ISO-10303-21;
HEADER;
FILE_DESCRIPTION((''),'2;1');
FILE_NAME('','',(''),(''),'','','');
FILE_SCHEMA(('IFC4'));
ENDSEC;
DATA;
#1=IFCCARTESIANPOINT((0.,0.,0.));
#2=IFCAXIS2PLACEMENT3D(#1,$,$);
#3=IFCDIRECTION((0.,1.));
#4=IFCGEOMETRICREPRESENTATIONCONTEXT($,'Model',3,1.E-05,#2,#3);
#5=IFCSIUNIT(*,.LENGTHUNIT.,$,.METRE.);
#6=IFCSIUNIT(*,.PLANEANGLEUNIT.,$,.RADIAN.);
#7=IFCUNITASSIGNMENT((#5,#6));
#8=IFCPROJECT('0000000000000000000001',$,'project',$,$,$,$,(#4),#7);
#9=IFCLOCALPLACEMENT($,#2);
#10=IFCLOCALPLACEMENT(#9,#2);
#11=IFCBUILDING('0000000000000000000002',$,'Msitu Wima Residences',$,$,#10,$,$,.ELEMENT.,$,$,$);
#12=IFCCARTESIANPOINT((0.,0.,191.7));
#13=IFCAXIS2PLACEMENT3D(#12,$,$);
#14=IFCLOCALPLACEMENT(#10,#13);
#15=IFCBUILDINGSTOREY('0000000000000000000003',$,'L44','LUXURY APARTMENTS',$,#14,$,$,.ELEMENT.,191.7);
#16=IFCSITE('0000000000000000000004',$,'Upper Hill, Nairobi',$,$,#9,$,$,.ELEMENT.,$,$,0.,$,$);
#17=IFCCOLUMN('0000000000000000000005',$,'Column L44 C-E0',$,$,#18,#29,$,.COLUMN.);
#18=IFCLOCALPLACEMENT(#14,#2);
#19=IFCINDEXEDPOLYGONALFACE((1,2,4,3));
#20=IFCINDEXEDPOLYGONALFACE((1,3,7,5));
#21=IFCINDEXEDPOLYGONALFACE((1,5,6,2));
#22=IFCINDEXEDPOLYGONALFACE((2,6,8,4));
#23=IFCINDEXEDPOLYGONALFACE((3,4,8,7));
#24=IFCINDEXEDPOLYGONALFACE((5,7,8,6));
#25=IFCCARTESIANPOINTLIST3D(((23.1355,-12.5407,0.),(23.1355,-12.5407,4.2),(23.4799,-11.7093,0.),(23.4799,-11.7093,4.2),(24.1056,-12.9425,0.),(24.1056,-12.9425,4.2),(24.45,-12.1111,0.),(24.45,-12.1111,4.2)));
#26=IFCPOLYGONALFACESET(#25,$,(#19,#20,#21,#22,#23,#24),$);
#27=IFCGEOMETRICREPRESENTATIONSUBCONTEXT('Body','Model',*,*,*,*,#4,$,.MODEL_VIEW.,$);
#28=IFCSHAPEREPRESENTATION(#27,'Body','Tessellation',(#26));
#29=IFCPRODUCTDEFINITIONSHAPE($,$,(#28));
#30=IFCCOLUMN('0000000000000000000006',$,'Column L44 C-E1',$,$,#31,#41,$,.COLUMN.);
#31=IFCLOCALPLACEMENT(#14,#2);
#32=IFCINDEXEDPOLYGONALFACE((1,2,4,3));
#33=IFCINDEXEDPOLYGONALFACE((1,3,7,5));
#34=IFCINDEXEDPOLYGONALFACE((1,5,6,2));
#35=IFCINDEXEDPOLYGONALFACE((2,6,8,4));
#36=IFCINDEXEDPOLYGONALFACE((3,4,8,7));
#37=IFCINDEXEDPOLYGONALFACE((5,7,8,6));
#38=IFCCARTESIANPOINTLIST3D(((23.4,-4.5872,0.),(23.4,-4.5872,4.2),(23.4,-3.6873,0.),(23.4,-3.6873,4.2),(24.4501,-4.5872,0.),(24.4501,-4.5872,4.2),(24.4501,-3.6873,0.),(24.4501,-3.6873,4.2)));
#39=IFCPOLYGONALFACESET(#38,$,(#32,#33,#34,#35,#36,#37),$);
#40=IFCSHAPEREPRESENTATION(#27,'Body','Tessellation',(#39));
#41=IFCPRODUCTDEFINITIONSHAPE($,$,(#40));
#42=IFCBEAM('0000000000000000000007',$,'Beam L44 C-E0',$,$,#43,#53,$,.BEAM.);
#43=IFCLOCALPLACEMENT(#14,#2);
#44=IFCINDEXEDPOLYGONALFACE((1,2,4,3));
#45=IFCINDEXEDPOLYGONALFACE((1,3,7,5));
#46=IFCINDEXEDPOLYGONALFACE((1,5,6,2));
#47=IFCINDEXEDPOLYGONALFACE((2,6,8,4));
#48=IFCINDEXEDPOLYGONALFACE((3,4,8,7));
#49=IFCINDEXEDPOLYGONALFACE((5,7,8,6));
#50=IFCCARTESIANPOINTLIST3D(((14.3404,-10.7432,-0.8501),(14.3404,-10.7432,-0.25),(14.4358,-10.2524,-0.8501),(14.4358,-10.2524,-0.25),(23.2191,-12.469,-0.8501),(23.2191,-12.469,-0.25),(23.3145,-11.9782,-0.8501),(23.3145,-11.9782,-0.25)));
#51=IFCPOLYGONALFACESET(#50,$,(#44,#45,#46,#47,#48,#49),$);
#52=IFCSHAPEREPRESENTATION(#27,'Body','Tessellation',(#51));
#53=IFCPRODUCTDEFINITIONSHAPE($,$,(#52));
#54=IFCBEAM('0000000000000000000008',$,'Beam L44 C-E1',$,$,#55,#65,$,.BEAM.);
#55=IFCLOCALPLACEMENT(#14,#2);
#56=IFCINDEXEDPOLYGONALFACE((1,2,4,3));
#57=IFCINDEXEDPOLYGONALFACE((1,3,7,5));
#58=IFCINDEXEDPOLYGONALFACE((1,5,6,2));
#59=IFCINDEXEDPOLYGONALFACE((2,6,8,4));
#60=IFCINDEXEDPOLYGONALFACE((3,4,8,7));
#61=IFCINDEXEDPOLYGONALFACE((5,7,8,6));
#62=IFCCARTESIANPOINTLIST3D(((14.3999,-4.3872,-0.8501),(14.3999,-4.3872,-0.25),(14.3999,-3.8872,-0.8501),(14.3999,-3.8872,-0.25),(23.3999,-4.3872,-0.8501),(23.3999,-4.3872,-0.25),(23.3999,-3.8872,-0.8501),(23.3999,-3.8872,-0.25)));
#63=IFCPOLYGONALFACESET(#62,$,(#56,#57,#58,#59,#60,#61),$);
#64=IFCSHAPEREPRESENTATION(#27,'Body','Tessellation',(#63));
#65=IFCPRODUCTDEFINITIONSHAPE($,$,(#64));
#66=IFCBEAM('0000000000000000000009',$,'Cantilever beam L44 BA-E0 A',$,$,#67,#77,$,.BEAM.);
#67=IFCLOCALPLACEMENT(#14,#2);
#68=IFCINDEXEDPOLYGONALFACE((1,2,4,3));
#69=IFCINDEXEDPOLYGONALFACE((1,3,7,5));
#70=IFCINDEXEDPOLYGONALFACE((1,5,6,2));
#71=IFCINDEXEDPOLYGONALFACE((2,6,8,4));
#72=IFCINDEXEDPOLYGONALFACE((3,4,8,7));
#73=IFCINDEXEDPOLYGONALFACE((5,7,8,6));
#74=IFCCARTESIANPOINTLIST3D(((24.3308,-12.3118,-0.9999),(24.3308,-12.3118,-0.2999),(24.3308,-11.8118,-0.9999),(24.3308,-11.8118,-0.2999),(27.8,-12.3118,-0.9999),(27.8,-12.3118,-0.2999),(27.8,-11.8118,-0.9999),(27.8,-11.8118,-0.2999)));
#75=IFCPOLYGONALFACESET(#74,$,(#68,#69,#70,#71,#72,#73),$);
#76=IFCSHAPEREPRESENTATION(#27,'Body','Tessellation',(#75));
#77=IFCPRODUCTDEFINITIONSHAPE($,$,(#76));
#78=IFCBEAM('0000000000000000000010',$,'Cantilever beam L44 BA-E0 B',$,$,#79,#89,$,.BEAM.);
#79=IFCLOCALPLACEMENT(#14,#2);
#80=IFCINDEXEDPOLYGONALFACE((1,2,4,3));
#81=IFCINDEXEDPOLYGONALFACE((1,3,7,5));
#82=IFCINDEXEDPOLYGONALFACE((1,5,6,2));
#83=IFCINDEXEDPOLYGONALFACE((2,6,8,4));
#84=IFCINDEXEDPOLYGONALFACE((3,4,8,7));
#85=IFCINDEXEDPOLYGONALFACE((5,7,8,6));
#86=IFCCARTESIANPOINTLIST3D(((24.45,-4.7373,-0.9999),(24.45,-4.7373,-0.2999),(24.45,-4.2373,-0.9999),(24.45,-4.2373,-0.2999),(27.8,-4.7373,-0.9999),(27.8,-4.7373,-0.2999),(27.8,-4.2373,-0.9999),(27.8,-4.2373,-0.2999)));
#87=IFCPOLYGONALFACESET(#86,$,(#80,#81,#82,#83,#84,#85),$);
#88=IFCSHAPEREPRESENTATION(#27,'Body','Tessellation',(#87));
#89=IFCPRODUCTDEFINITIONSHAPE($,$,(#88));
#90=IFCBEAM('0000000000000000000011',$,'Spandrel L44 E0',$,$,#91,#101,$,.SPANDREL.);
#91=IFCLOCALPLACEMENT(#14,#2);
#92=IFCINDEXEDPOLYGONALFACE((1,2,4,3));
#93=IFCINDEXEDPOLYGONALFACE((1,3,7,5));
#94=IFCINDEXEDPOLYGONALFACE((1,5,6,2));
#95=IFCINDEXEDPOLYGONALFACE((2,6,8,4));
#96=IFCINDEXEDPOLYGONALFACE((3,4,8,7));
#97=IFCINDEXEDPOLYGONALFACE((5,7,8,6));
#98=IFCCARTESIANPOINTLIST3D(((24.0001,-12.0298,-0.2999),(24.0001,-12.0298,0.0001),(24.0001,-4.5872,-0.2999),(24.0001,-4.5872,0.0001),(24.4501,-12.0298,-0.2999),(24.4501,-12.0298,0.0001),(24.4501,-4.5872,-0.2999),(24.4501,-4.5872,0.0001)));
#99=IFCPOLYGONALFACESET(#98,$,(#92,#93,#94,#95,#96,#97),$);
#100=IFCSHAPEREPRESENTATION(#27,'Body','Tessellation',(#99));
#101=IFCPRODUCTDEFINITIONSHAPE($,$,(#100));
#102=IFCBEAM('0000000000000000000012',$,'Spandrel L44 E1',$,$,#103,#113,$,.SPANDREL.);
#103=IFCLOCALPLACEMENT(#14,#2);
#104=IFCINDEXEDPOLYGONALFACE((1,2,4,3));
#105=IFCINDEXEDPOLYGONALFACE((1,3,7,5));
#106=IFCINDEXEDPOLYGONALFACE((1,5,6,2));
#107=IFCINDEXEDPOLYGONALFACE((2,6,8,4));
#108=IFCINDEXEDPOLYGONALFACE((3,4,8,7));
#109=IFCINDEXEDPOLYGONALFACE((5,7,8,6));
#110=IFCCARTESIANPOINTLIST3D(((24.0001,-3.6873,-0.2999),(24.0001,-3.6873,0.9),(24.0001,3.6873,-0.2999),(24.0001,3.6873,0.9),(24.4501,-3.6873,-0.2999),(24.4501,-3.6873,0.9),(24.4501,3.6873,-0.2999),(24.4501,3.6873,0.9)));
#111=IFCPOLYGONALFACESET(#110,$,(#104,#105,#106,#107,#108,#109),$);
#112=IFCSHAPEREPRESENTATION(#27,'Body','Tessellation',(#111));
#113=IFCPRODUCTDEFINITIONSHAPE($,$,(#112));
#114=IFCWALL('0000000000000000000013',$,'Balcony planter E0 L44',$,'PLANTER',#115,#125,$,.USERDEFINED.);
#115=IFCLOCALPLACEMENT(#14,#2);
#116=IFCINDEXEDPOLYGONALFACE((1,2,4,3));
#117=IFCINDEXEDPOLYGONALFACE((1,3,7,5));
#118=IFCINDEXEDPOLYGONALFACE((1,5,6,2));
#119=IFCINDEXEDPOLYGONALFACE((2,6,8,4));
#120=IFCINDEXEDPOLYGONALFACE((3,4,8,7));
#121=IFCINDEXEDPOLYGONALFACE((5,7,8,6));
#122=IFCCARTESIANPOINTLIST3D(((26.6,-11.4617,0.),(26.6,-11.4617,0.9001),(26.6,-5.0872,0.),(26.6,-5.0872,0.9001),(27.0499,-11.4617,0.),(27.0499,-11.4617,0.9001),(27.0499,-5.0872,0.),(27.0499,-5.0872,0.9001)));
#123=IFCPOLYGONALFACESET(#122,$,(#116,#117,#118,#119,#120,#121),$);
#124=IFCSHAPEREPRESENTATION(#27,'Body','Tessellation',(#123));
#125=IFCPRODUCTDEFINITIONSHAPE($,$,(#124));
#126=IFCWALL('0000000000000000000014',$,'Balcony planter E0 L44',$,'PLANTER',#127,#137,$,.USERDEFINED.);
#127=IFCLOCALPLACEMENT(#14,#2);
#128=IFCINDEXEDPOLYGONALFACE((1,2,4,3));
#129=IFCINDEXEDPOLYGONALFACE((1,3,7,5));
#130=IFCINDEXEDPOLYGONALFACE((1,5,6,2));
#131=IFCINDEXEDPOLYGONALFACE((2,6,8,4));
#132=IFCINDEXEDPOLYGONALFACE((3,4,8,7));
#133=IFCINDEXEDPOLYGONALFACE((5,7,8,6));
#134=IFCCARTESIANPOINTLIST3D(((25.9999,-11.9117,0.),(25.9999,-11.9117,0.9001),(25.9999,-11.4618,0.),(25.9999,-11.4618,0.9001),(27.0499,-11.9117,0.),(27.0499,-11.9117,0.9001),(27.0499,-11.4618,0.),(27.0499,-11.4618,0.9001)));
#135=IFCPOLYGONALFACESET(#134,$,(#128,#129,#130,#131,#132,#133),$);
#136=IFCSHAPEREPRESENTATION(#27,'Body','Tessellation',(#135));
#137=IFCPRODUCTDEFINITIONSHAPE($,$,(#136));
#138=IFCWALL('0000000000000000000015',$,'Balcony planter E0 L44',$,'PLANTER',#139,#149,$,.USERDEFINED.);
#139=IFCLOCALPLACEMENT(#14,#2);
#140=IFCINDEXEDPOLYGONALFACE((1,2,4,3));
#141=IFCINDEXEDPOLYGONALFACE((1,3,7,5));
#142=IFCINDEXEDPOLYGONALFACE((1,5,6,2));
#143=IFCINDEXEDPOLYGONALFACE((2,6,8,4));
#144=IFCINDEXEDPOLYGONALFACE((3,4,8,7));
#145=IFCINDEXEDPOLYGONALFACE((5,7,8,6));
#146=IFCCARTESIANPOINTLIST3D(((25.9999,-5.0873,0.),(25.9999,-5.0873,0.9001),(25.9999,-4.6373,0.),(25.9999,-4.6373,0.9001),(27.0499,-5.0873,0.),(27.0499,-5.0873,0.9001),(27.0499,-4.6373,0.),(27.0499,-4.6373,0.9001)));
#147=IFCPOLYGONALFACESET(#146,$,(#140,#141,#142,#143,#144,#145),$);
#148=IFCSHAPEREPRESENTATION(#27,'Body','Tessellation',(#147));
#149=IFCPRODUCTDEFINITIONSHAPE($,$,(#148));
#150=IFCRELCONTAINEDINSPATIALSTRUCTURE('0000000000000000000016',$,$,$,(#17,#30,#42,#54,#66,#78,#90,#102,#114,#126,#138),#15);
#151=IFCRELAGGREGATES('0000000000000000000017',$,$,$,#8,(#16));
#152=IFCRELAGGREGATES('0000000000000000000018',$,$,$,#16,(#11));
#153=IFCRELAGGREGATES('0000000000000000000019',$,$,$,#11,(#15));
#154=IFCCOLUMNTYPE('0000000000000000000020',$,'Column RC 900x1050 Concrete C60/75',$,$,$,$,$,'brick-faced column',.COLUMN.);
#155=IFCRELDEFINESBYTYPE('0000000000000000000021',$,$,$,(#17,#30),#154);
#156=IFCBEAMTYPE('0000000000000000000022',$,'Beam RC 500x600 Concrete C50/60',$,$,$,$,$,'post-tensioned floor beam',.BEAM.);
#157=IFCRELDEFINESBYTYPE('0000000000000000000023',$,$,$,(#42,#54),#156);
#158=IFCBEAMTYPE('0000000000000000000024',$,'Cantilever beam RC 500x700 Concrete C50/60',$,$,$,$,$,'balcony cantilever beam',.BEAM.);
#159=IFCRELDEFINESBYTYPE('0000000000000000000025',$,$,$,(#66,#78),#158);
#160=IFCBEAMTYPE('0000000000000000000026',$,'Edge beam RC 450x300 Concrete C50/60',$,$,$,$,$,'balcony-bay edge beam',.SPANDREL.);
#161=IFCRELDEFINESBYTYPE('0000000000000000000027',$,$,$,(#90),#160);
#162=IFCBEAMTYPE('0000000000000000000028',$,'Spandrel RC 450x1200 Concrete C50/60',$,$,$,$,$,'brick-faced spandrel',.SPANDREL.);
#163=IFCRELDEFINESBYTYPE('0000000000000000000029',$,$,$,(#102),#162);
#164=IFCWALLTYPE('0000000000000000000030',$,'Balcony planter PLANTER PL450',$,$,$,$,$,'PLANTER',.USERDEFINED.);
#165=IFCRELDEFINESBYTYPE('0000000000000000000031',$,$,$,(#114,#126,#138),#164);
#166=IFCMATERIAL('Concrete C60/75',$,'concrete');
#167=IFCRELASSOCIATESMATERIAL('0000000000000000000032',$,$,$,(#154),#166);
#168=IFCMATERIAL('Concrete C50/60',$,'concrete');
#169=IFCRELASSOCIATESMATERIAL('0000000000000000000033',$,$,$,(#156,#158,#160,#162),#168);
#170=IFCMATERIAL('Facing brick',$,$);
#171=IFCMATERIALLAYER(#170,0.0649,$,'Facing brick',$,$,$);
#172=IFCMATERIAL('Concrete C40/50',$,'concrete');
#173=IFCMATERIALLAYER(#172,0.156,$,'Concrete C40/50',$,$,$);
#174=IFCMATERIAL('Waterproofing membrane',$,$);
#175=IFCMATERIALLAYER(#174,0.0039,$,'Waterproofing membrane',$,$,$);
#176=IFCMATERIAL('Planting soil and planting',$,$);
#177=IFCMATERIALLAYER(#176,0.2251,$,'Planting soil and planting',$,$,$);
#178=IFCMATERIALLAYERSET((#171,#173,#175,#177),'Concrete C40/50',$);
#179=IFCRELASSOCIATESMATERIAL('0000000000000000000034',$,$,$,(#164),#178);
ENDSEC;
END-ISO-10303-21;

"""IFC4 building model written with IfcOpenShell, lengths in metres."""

from ifc_helpers import new_model, si_unit, direction, frame, frame_2d, origin, origin_2d, place, context, subcontext, project, spatial, rectangle, extrude, material, layer, layer_set, material_profile, profile_set, type_object, element, save


model = new_model("IFC4")

# Units and contexts
model_context = context("Model", 3, precision=1e-05, world=origin(), true_north=direction((0.0, 1.0)))
body_context = subcontext(model_context, "Body", "Model", "MODEL_VIEW")
ifc_project = project(units=[si_unit("LENGTHUNIT", "METRE"), si_unit("PLANEANGLEUNIT", "RADIAN")], contexts=[model_context])

# Site, building, storey
site_placement = place(None, origin())
site = spatial("IfcSite", under=ifc_project, at=site_placement, Name="Upper Hill, Nairobi", CompositionType="ELEMENT", RefElevation=0.0)
building_placement = place(site_placement, origin())
building = spatial("IfcBuilding", under=site, at=building_placement, Name="Msitu Wima Residences", CompositionType="ELEMENT")
storey_placement = place(building_placement, frame((0.0, 0.0, 191.7)))
storey = spatial("IfcBuildingStorey", under=building, at=storey_placement, Name="L44", Description="LUXURY APARTMENTS", CompositionType="ELEMENT", Elevation=191.7)

# Columns
ifc_material_1 = material(Name="Concrete C60/75", Category="concrete")
ifc_material_profile_1 = material_profile(ifc_material_1, rectangle(XDim=0.8999, YDim=1.05, at=origin_2d()), Name="RC 900x1050")
ifc_profile_set_1 = profile_set([ifc_material_profile_1], Name="Concrete C60/75")
column_type = type_object("IfcColumnType", Name="Column RC 900x1050 Concrete C60/75", ElementType="brick-faced column", PredefinedType="COLUMN", material=ifc_profile_set_1)
for number, where, z_axis, x_axis, name in (
    (1, (23.7927, -12.3259, 0.0), (0.0, 0.0, 1.0), (0.382683, 0.92388, 0.0), "Column L44 C-E0"),
    (2, (23.925, -4.1372, 0.0), (0.0, 0.0, 1.0), (0.0, 1.0, 0.0), "Column L44 C-E1"),
):
    element("IfcColumn", number, at=place(storey_placement, frame(where, z_axis=z_axis, x_axis=x_axis)), inside=storey, type_object=column_type, Name=name, PredefinedType="COLUMN", context=body_context, shape_type="SweptSolid", body=[
        extrude(rectangle(XDim=0.8999, YDim=1.05, at=origin_2d()), origin(), (0.0, 0.0, 1.0), 4.2),
    ])

# Beams
ifc_material_2 = material(Name="Concrete C50/60", Category="concrete")
ifc_material_profile_2 = material_profile(ifc_material_2, rectangle(XDim=0.5, YDim=0.6001, at=origin_2d()), Name="RC 500x600")
ifc_profile_set_2 = profile_set([ifc_material_profile_2], Name="Concrete C50/60")
beam_type_1 = type_object("IfcBeamType", Name="Beam RC 500x600 Concrete C50/60", ElementType="post-tensioned floor beam", PredefinedType="BEAM", material=ifc_profile_set_2)
beam_1_placement = place(storey_placement, frame((23.2668, -12.2236, -0.55), z_axis=(-0.981627, 0.190808, 0.0), x_axis=(-0.190808, -0.981627, 0.0)))
element("IfcBeam", 3, at=beam_1_placement, inside=storey, type_object=beam_type_1, Name="Beam L44 C-E0", PredefinedType="BEAM", context=body_context, shape_type="SweptSolid", body=[
    extrude(rectangle(XDim=0.5, YDim=0.6001, at=origin_2d()), origin(), (0.0, 0.0, 1.0), 9.0449),
])
beam_2_placement = place(storey_placement, frame((23.3999, -4.1372, -0.55), z_axis=(-1.0, 0.0, 0.0), x_axis=(0.0, -1.0, 0.0)))
element("IfcBeam", 4, at=beam_2_placement, inside=storey, type_object=beam_type_1, Name="Beam L44 C-E1", PredefinedType="BEAM", context=body_context, shape_type="SweptSolid", body=[
    extrude(rectangle(XDim=0.5, YDim=0.6001, at=origin_2d()), origin(), (0.0, 0.0, 1.0), 9.0),
])
ifc_material_profile_3 = material_profile(ifc_material_2, rectangle(XDim=0.5, YDim=0.7, at=origin_2d()), Name="RC 500x700")
ifc_profile_set_3 = profile_set([ifc_material_profile_3], Name="Concrete C50/60")
beam_type_2 = type_object("IfcBeamType", Name="Cantilever beam RC 500x700 Concrete C50/60", ElementType="balcony cantilever beam", PredefinedType="BEAM", material=ifc_profile_set_3)
beam_3_placement = place(storey_placement, frame((24.3308, -12.0618, -0.6499), z_axis=(1.0, 0.0, 0.0), x_axis=(0.0, 1.0, 0.0)))
element("IfcBeam", 5, at=beam_3_placement, inside=storey, type_object=beam_type_2, Name="Cantilever beam L44 BA-E0 A", PredefinedType="BEAM", context=body_context, shape_type="SweptSolid", body=[
    extrude(rectangle(XDim=0.5, YDim=0.7, at=origin_2d()), origin(), (0.0, 0.0, 1.0), 3.4692),
])
beam_4_placement = place(storey_placement, frame((24.45, -4.4873, -0.6499), z_axis=(1.0, 0.0, 0.0), x_axis=(0.0, 1.0, 0.0)))
element("IfcBeam", 6, at=beam_4_placement, inside=storey, type_object=beam_type_2, Name="Cantilever beam L44 BA-E0 B", PredefinedType="BEAM", context=body_context, shape_type="SweptSolid", body=[
    extrude(rectangle(XDim=0.5, YDim=0.7, at=origin_2d()), origin(), (0.0, 0.0, 1.0), 3.3501),
])
ifc_material_profile_4 = material_profile(ifc_material_2, rectangle(XDim=0.45, YDim=0.3, at=origin_2d()), Name="RC 450x300")
ifc_profile_set_4 = profile_set([ifc_material_profile_4], Name="Concrete C50/60")
beam_type_3 = type_object("IfcBeamType", Name="Edge beam RC 450x300 Concrete C50/60", ElementType="balcony-bay edge beam", PredefinedType="SPANDREL", material=ifc_profile_set_4)
beam_5_placement = place(storey_placement, frame((24.2251, -12.0298, -0.1499), z_axis=(0.0, 1.0, 0.0), x_axis=(-1.0, 0.0, 0.0)))
element("IfcBeam", 7, at=beam_5_placement, inside=storey, type_object=beam_type_3, Name="Spandrel L44 E0", PredefinedType="SPANDREL", context=body_context, shape_type="SweptSolid", body=[
    extrude(rectangle(XDim=0.45, YDim=0.3, at=origin_2d()), origin(), (0.0, 0.0, 1.0), 7.4426),
])
ifc_material_profile_5 = material_profile(ifc_material_2, rectangle(XDim=0.45, YDim=1.2, at=origin_2d()), Name="RC 450x1200")
ifc_profile_set_5 = profile_set([ifc_material_profile_5], Name="Concrete C50/60")
beam_type_4 = type_object("IfcBeamType", Name="Spandrel RC 450x1200 Concrete C50/60", ElementType="brick-faced spandrel", PredefinedType="SPANDREL", material=ifc_profile_set_5)
beam_6_placement = place(storey_placement, frame((24.2251, -3.6873, 0.3), z_axis=(0.0, 1.0, 0.0), x_axis=(-1.0, 0.0, 0.0)))
element("IfcBeam", 8, at=beam_6_placement, inside=storey, type_object=beam_type_4, Name="Spandrel L44 E1", PredefinedType="SPANDREL", context=body_context, shape_type="SweptSolid", body=[
    extrude(rectangle(XDim=0.45, YDim=1.2, at=origin_2d()), origin(), (0.0, 0.0, 1.0), 7.3745),
])

# Walls
ifc_material_3 = material(Name="Facing brick")
ifc_layer_1 = layer(ifc_material_3, 0.0649, Name="Facing brick")
ifc_material_4 = material(Name="Concrete C40/50", Category="concrete")
ifc_layer_2 = layer(ifc_material_4, 0.156, Name="Concrete C40/50")
ifc_material_5 = material(Name="Waterproofing membrane")
ifc_layer_3 = layer(ifc_material_5, 0.0039, Name="Waterproofing membrane")
ifc_material_6 = material(Name="Planting soil and planting")
ifc_layer_4 = layer(ifc_material_6, 0.2251, Name="Planting soil and planting")
ifc_layer_set_1 = layer_set([ifc_layer_1, ifc_layer_2, ifc_layer_3, ifc_layer_4], Name="Concrete C40/50")
wall_type_1 = type_object("IfcWallType", Name="Balcony planter PLANTER PL450", ElementType="PLANTER", PredefinedType="USERDEFINED", material=ifc_layer_set_1)
wall_1_placement = place(storey_placement, frame((26.825, -11.4617, 0.0), z_axis=(0.0, 0.0, 1.0), x_axis=(0.0, 1.0, 0.0)))
element("IfcWall", 9, at=wall_1_placement, inside=storey, type_object=wall_type_1, Name="Balcony planter E0 L44", ObjectType="PLANTER", PredefinedType="USERDEFINED", context=body_context, shape_type="SweptSolid", body=[
    extrude(rectangle(XDim=6.3745, YDim=0.45, at=frame_2d((3.1873, 0.0))), origin(), (0.0, 0.0, 1.0), 0.9001),
])
for number, where, z_axis, x_axis, name in (
    (10, (26.0, -11.6868, 0.0), (0.0, 0.0, 1.0), (1.0, 0.0, 0.0), "Balcony planter E0 L44"),
    (11, (26.0, -4.8623, 0.0), (0.0, 0.0, 1.0), (1.0, 0.0, 0.0), "Balcony planter E0 L44"),
):
    element("IfcWall", number, at=place(storey_placement, frame(where, z_axis=z_axis, x_axis=x_axis)), inside=storey, type_object=wall_type_1, Name=name, ObjectType="PLANTER", PredefinedType="USERDEFINED", context=body_context, shape_type="SweptSolid", body=[
        extrude(rectangle(XDim=1.05, YDim=0.45, at=frame_2d((0.5249, 0.0))), origin(), (0.0, 0.0, 1.0), 0.9001),
    ])

save(model, "model.ifc")
